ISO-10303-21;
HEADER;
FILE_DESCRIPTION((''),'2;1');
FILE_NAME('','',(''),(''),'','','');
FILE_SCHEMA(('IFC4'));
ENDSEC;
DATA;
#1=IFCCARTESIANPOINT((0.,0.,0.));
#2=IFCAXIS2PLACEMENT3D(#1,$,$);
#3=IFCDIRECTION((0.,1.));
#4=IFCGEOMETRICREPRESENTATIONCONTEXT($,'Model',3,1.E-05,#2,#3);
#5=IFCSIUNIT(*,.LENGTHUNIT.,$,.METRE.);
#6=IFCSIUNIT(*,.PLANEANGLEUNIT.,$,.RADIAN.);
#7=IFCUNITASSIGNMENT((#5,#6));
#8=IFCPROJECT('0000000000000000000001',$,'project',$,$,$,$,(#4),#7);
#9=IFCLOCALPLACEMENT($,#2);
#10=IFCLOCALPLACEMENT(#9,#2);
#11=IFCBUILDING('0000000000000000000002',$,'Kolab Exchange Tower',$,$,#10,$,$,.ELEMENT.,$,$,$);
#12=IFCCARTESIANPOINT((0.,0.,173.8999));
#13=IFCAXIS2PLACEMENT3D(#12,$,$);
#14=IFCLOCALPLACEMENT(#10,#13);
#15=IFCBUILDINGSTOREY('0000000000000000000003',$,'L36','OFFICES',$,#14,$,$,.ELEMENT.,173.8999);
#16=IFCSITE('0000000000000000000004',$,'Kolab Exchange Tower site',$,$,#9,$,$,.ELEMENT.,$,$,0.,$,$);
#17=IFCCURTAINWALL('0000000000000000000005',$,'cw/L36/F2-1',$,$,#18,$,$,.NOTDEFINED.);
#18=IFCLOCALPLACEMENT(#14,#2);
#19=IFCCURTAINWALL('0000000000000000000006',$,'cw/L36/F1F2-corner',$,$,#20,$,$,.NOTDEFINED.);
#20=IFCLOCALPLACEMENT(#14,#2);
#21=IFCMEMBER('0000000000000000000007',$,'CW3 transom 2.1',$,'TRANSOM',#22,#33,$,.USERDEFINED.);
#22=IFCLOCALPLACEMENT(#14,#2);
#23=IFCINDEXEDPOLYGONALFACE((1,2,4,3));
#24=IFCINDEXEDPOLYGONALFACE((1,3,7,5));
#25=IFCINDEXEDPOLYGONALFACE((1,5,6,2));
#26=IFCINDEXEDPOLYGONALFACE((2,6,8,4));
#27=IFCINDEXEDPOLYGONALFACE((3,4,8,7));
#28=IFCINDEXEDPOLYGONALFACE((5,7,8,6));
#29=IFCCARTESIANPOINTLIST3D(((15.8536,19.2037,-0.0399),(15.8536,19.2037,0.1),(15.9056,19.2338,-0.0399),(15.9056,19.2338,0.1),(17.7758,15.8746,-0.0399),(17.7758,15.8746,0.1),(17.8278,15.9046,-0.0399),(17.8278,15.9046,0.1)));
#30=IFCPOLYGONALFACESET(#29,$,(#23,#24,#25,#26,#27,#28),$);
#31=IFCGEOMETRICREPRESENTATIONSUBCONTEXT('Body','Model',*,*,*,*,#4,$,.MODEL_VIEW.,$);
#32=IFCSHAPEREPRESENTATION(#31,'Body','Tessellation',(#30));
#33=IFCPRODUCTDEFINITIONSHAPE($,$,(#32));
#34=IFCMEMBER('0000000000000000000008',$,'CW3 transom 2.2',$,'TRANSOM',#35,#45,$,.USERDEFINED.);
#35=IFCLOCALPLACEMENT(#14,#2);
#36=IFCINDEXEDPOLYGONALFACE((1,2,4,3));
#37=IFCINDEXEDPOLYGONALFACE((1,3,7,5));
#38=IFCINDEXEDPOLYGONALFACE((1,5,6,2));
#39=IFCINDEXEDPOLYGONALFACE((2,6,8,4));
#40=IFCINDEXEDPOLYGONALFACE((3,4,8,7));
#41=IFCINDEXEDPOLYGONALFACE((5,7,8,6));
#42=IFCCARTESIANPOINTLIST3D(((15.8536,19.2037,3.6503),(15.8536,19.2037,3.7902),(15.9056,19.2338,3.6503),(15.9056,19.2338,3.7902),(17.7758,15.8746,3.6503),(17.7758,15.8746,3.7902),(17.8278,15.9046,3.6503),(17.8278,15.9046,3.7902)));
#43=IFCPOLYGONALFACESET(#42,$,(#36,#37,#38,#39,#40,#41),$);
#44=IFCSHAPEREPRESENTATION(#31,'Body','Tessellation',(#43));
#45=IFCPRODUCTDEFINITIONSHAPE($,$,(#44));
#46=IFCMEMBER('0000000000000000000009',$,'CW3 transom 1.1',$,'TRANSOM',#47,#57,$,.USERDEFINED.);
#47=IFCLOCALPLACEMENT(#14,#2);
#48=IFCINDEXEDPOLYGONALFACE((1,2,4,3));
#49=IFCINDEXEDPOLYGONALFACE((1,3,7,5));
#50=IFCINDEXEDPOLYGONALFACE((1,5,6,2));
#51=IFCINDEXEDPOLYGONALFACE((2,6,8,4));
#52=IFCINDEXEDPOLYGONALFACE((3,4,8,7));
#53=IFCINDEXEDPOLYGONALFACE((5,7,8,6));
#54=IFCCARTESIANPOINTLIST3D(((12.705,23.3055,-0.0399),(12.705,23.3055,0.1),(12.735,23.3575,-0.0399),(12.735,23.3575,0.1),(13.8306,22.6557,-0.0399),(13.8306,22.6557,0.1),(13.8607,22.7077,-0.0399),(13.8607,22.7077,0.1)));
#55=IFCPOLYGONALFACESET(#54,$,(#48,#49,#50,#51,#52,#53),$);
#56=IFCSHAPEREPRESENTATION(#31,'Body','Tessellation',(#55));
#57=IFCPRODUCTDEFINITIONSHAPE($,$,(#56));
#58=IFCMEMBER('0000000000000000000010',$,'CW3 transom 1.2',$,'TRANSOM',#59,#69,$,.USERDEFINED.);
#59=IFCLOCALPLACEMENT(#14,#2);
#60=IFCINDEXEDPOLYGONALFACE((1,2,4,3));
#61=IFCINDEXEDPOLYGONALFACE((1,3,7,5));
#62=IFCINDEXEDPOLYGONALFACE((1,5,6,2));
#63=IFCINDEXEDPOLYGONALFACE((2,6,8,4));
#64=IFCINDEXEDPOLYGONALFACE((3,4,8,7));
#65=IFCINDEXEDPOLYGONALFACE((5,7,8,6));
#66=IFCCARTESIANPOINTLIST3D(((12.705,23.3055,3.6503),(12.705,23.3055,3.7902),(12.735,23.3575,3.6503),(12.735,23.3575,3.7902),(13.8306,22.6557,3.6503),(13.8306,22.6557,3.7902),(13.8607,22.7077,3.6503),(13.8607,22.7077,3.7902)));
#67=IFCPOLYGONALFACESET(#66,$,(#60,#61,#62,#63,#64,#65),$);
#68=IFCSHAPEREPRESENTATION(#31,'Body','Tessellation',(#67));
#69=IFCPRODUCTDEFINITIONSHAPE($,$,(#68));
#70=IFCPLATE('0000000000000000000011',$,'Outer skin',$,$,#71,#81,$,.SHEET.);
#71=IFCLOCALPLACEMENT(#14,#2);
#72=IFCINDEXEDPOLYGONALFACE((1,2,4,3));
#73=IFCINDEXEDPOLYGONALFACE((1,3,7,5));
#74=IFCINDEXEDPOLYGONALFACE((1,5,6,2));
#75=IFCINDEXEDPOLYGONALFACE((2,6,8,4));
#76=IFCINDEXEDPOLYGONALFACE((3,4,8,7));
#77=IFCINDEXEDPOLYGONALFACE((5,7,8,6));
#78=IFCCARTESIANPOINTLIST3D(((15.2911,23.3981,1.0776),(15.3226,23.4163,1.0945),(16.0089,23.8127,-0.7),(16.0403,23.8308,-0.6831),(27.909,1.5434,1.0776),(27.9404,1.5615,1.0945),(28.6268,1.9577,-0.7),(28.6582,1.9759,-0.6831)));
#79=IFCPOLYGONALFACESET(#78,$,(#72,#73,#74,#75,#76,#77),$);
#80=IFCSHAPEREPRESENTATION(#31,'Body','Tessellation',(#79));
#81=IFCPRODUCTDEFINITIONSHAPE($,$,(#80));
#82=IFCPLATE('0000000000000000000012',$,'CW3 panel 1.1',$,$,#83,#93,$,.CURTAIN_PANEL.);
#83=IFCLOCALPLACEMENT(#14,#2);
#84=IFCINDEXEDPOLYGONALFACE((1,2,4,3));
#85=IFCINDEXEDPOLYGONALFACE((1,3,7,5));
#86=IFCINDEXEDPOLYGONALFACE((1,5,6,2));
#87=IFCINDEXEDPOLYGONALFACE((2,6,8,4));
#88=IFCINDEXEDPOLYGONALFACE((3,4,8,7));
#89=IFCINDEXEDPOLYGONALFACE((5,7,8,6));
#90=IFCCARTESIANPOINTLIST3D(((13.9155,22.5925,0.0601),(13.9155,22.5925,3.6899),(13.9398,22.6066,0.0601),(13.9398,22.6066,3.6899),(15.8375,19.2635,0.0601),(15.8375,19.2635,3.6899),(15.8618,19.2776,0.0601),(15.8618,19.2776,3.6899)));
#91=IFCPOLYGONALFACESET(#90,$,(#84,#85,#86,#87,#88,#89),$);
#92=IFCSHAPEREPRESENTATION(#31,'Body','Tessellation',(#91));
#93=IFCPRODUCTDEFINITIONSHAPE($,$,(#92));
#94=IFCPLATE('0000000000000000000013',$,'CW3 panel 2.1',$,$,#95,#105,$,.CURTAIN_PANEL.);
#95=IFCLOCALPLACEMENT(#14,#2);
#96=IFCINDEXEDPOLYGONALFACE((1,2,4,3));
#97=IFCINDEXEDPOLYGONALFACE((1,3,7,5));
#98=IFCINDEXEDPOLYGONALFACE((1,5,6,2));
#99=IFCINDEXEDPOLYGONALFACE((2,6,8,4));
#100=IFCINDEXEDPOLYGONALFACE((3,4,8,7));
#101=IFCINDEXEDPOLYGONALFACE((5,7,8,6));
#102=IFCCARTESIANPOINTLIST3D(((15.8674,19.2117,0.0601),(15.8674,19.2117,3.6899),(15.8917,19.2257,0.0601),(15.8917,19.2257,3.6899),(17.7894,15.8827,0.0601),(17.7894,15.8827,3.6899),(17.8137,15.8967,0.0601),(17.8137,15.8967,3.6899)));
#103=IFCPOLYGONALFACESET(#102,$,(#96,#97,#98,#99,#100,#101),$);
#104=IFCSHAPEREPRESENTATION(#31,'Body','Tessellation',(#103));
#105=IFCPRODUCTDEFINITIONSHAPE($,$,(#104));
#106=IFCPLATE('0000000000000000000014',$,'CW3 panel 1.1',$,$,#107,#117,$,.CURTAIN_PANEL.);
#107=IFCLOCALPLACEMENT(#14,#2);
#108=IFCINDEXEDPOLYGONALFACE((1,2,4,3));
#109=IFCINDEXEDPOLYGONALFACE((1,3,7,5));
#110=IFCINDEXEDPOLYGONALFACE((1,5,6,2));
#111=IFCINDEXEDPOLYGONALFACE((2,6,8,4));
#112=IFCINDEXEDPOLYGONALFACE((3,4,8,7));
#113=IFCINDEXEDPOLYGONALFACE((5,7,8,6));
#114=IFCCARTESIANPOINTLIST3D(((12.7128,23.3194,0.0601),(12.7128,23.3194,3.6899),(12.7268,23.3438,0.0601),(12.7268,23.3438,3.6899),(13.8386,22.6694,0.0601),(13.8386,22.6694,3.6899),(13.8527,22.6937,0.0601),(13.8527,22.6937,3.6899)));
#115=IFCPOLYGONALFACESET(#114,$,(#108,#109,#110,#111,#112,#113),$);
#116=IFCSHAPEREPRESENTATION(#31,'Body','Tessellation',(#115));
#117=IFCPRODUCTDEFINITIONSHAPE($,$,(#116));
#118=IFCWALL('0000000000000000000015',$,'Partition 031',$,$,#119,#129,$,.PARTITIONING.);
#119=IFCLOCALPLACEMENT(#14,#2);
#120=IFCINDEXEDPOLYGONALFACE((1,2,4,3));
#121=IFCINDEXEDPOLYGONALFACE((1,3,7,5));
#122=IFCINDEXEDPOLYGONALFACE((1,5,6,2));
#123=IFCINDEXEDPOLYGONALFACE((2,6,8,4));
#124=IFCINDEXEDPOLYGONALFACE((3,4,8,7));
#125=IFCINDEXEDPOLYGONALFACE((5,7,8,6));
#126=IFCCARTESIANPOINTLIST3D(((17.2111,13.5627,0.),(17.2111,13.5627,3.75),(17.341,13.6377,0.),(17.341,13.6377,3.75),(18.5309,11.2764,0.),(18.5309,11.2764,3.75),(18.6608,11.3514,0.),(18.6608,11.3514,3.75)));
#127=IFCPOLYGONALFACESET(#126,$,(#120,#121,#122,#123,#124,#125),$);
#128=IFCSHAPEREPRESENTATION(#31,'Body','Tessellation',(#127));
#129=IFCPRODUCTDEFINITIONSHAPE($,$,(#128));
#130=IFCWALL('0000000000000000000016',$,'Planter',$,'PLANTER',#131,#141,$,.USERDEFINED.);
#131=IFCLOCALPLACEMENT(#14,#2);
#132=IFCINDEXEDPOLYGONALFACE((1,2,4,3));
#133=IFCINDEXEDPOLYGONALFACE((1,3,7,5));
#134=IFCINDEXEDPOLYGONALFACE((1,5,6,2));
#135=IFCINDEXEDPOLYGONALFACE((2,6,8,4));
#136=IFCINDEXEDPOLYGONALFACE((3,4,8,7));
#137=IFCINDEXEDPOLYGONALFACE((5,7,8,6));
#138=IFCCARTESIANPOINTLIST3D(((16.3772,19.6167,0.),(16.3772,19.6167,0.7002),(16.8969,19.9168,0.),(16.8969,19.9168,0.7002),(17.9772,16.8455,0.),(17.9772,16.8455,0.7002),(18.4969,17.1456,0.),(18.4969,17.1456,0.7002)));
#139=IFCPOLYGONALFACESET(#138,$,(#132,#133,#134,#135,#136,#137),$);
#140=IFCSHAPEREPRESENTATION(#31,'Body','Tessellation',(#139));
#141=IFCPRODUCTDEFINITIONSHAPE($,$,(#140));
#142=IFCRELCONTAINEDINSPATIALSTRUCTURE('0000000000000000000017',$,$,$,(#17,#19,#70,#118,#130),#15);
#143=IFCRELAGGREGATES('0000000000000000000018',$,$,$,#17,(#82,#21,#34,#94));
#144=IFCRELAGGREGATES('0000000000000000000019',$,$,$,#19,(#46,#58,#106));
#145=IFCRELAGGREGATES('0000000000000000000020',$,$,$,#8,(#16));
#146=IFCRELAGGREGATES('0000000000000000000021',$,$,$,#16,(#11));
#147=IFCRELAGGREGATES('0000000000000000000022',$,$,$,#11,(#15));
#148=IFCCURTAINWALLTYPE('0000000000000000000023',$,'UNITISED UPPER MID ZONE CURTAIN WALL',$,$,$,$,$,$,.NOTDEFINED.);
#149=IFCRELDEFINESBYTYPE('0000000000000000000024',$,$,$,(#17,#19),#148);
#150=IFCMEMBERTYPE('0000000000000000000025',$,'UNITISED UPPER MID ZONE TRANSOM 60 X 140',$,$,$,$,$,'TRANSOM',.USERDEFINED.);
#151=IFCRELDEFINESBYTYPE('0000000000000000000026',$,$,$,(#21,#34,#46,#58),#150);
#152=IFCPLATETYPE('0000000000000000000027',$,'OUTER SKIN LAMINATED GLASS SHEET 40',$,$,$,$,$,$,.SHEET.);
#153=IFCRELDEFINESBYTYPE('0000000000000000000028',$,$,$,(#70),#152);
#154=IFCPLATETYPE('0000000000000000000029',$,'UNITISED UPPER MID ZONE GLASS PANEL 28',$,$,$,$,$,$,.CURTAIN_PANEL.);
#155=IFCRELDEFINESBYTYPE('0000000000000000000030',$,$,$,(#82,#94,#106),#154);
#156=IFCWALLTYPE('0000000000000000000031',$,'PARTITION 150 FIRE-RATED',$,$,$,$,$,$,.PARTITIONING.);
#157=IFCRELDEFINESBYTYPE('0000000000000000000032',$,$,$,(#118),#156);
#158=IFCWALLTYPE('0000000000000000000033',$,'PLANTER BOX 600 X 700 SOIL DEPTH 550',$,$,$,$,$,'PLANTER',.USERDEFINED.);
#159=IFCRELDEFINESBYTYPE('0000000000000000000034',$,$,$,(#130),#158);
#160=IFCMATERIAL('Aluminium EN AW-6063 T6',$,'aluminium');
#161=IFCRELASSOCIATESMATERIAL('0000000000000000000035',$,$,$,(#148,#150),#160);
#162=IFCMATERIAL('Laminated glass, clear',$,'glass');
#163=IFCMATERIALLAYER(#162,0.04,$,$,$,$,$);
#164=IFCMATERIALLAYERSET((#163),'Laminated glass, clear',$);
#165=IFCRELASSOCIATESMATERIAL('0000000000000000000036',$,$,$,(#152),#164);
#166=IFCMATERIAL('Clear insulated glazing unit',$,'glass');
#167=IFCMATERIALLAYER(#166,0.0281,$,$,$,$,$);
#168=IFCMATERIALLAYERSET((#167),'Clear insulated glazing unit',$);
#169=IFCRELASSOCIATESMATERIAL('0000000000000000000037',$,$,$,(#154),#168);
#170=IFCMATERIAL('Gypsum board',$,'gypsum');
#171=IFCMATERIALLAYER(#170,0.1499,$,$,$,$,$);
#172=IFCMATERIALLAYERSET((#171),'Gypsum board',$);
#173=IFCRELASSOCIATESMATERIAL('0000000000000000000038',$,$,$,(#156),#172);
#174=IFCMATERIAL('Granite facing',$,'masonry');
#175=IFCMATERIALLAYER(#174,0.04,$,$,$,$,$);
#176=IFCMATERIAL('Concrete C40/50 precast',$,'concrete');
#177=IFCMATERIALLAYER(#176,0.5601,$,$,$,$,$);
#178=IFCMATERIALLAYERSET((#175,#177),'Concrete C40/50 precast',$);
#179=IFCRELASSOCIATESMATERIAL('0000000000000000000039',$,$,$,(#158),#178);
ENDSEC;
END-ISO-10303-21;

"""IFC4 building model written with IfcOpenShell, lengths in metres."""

from ifc_helpers import new_model, si_unit, direction, frame, frame_2d, origin, origin_2d, place, context, subcontext, project, spatial, polyline, rectangle, outline, extrude, material, layer, layer_set, material_profile, profile_set, type_object, element, aggregate, save


model = new_model("IFC4")

# Units and contexts
model_context = context("Model", 3, precision=1e-05, world=origin(), true_north=direction((0.0, 1.0)))
body_context = subcontext(model_context, "Body", "Model", "MODEL_VIEW")
ifc_project = project(units=[si_unit("LENGTHUNIT", "METRE"), si_unit("PLANEANGLEUNIT", "RADIAN")], contexts=[model_context])

# Site, building, storey
site_placement = place(None, origin())
site = spatial("IfcSite", under=ifc_project, at=site_placement, Name="Kolab Exchange Tower site", CompositionType="ELEMENT", RefElevation=0.0)
building_placement = place(site_placement, origin())
building = spatial("IfcBuilding", under=site, at=building_placement, Name="Kolab Exchange Tower", CompositionType="ELEMENT")
storey_placement = place(building_placement, frame((0.0, 0.0, 173.8999)))
storey = spatial("IfcBuildingStorey", under=building, at=storey_placement, Name="L36", Description="OFFICES", CompositionType="ELEMENT", Elevation=173.8999)

# Curtain walls
ifc_material_1 = material(Name="Aluminium EN AW-6063 T6", Category="aluminium")
curtain_wall_type = type_object("IfcCurtainWallType", Name="UNITISED UPPER MID ZONE CURTAIN WALL", PredefinedType="NOTDEFINED", material=ifc_material_1)
curtain_wall_1_placement = place(storey_placement, origin())
curtain_wall_1 = element("IfcCurtainWall", 1, at=curtain_wall_1_placement, inside=storey, type_object=curtain_wall_type, Name="cw/L36/F2-1", PredefinedType="NOTDEFINED")
curtain_wall_2_placement = place(storey_placement, origin())
curtain_wall_2 = element("IfcCurtainWall", 2, at=curtain_wall_2_placement, inside=storey, type_object=curtain_wall_type, Name="cw/L36/F1F2-corner", PredefinedType="NOTDEFINED")

# Members
ifc_material_profile_1 = material_profile(ifc_material_1, rectangle(XDim=0.0601, YDim=0.1399, at=origin_2d()), Name="RECT 60X140")
ifc_profile_set_1 = profile_set([ifc_material_profile_1], Name="Aluminium EN AW-6063 T6")
member_type_1 = type_object("IfcMemberType", Name="UNITISED UPPER MID ZONE TRANSOM 60 X 140", ElementType="TRANSOM", PredefinedType="USERDEFINED", material=ifc_profile_set_1)
member_1_placement = place(storey_placement, frame((15.8796, 19.2188, 0.03), z_axis=(0.500012, -0.866018, 0.0), x_axis=(0.866018, 0.500012, 0.0)))
member_1 = element("IfcMember", 3, at=member_1_placement, type_object=member_type_1, Name="CW3 transom 2.1", ObjectType="TRANSOM", PredefinedType="USERDEFINED", context=body_context, shape_type="SweptSolid", body=[
    extrude(rectangle(XDim=0.0601, YDim=0.1399, at=origin_2d()), origin(), (0.0, 0.0, 1.0), 3.8442),
])
member_2_placement = place(storey_placement, frame((15.8796, 19.2188, 3.7202), z_axis=(0.500012, -0.866018, 0.0), x_axis=(0.866018, 0.500012, 0.0)))
member_2 = element("IfcMember", 4, at=member_2_placement, type_object=member_type_1, Name="CW3 transom 2.2", ObjectType="TRANSOM", PredefinedType="USERDEFINED", context=body_context, shape_type="SweptSolid", body=[
    extrude(rectangle(XDim=0.0601, YDim=0.1399, at=origin_2d()), origin(), (0.0, 0.0, 1.0), 3.8442),
])
member_3_placement = place(storey_placement, frame((12.72, 23.3315, 0.03), z_axis=(0.866039, -0.499977, 0.0), x_axis=(0.499977, 0.866039, 0.0)))
member_3 = element("IfcMember", 5, at=member_3_placement, type_object=member_type_1, Name="CW3 transom 1.1", ObjectType="TRANSOM", PredefinedType="USERDEFINED", context=body_context, shape_type="SweptSolid", body=[
    extrude(rectangle(XDim=0.0601, YDim=0.1399, at=origin_2d()), origin(), (0.0, 0.0, 1.0), 1.2998),
])
member_4_placement = place(storey_placement, frame((12.72, 23.3315, 3.7202), z_axis=(0.866039, -0.499977, 0.0), x_axis=(0.499977, 0.866039, 0.0)))
member_4 = element("IfcMember", 6, at=member_4_placement, type_object=member_type_1, Name="CW3 transom 1.2", ObjectType="TRANSOM", PredefinedType="USERDEFINED", context=body_context, shape_type="SweptSolid", body=[
    extrude(rectangle(XDim=0.0601, YDim=0.1399, at=origin_2d()), origin(), (0.0, 0.0, 1.0), 1.2998),
])

# Plates
ifc_material_2 = material(Name="Laminated glass, clear", Category="glass")
ifc_layer_1 = layer(ifc_material_2, 0.04)
ifc_layer_set_1 = layer_set([ifc_layer_1], Name="Laminated glass, clear")
plate_type_1 = type_object("IfcPlateType", Name="OUTER SKIN LAMINATED GLASS SHEET 40", PredefinedType="SHEET", material=ifc_layer_set_1)
plate_1_placement = place(storey_placement, frame((16.0403, 23.8308, -0.6831), z_axis=(0.784899, 0.453162, 0.422585), x_axis=(0.5, -0.866025, 0.000001)))
element("IfcPlate", 7, at=plate_1_placement, inside=storey, type_object=plate_type_1, Name="Outer skin", PredefinedType="SHEET", context=body_context, shape_type="SweptSolid", body=[
    extrude(outline(polyline([(0.0, 0.0), (25.2359, 0.0), (25.2358, -1.9613), (0.0001, -1.9613), (0.0, 0.0)])), origin(), (0.0, 0.0, -1.0), 0.04),
])
ifc_material_3 = material(Name="Clear insulated glazing unit", Category="glass")
ifc_layer_2 = layer(ifc_material_3, 0.0281)
ifc_layer_set_2 = layer_set([ifc_layer_2], Name="Clear insulated glazing unit")
plate_type_2 = type_object("IfcPlateType", Name="UNITISED UPPER MID ZONE GLASS PANEL 28", PredefinedType="CURTAIN_PANEL", material=ifc_layer_set_2)
plate_2_placement = place(storey_placement, frame((14.8887, 20.9351, 0.0601), z_axis=(0.0, 0.0, 1.0), x_axis=(0.5, -0.866025, 0.0)))
plate_2 = element("IfcPlate", 8, at=plate_2_placement, type_object=plate_type_2, Name="CW3 panel 1.1", PredefinedType="CURTAIN_PANEL", context=body_context, shape_type="SweptSolid", body=[
    extrude(rectangle(XDim=3.844, YDim=0.0281, at=origin_2d()), origin(), (0.0, 0.0, 1.0), 3.6299),
])
plate_3_placement = place(storey_placement, frame((16.8406, 17.5542, 0.0601), z_axis=(0.0, 0.0, 1.0), x_axis=(0.5, -0.866025, 0.0)))
plate_3 = element("IfcPlate", 9, at=plate_3_placement, type_object=plate_type_2, Name="CW3 panel 2.1", PredefinedType="CURTAIN_PANEL", context=body_context, shape_type="SweptSolid", body=[
    extrude(rectangle(XDim=3.844, YDim=0.0281, at=origin_2d()), origin(), (0.0, 0.0, 1.0), 3.6299),
])
aggregate(curtain_wall_1, [plate_2, member_1, member_2, plate_3])
plate_4_placement = place(storey_placement, frame((13.2827, 23.0066, 0.0601), z_axis=(0.0, 0.0, 1.0), x_axis=(0.866025, -0.5, 0.0)))
plate_4 = element("IfcPlate", 10, at=plate_4_placement, type_object=plate_type_2, Name="CW3 panel 1.1", PredefinedType="CURTAIN_PANEL", context=body_context, shape_type="SweptSolid", body=[
    extrude(rectangle(XDim=1.3, YDim=0.0281, at=origin_2d()), origin(), (0.0, 0.0, 1.0), 3.6299),
])
aggregate(curtain_wall_2, [member_3, member_4, plate_4])

# Walls
ifc_material_4 = material(Name="Gypsum board", Category="gypsum")
ifc_layer_3 = layer(ifc_material_4, 0.1499)
ifc_layer_set_3 = layer_set([ifc_layer_3], Name="Gypsum board")
wall_type_1 = type_object("IfcWallType", Name="PARTITION 150 FIRE-RATED", PredefinedType="PARTITIONING", material=ifc_layer_set_3)
wall_1_placement = place(storey_placement, frame((17.2761, 13.6001, 0.0), z_axis=(0.0, 0.0, 1.0), x_axis=(0.499939, -0.866061, 0.0)))
element("IfcWall", 11, at=wall_1_placement, inside=storey, type_object=wall_type_1, Name="Partition 031", PredefinedType="PARTITIONING", context=body_context, shape_type="SweptSolid", body=[
    extrude(rectangle(XDim=2.6399, YDim=0.1499, at=frame_2d((1.3198, 0.0))), origin(), (0.0, 0.0, 1.0), 3.75),
])
ifc_material_5 = material(Name="Granite facing", Category="masonry")
ifc_layer_4 = layer(ifc_material_5, 0.04)
ifc_material_6 = material(Name="Concrete C40/50 precast", Category="concrete")
ifc_layer_5 = layer(ifc_material_6, 0.5601)
ifc_layer_set_4 = layer_set([ifc_layer_4, ifc_layer_5], Name="Concrete C40/50 precast")
wall_type_2 = type_object("IfcWallType", Name="PLANTER BOX 600 X 700 SOIL DEPTH 550", ElementType="PLANTER", PredefinedType="USERDEFINED", material=ifc_layer_set_4)
wall_2_placement = place(storey_placement, frame((16.637, 19.7668, 0.0), z_axis=(0.0, 0.0, 1.0), x_axis=(0.500028, -0.866009, 0.0)))
element("IfcWall", 12, at=wall_2_placement, inside=storey, type_object=wall_type_2, Name="Planter", ObjectType="PLANTER", PredefinedType="USERDEFINED", context=body_context, shape_type="SweptSolid", body=[
    extrude(rectangle(XDim=3.2, YDim=0.6001, at=frame_2d((1.6001, 0.0))), origin(), (0.0, 0.0, 1.0), 0.7002),
])

save(model, "model.ifc")
